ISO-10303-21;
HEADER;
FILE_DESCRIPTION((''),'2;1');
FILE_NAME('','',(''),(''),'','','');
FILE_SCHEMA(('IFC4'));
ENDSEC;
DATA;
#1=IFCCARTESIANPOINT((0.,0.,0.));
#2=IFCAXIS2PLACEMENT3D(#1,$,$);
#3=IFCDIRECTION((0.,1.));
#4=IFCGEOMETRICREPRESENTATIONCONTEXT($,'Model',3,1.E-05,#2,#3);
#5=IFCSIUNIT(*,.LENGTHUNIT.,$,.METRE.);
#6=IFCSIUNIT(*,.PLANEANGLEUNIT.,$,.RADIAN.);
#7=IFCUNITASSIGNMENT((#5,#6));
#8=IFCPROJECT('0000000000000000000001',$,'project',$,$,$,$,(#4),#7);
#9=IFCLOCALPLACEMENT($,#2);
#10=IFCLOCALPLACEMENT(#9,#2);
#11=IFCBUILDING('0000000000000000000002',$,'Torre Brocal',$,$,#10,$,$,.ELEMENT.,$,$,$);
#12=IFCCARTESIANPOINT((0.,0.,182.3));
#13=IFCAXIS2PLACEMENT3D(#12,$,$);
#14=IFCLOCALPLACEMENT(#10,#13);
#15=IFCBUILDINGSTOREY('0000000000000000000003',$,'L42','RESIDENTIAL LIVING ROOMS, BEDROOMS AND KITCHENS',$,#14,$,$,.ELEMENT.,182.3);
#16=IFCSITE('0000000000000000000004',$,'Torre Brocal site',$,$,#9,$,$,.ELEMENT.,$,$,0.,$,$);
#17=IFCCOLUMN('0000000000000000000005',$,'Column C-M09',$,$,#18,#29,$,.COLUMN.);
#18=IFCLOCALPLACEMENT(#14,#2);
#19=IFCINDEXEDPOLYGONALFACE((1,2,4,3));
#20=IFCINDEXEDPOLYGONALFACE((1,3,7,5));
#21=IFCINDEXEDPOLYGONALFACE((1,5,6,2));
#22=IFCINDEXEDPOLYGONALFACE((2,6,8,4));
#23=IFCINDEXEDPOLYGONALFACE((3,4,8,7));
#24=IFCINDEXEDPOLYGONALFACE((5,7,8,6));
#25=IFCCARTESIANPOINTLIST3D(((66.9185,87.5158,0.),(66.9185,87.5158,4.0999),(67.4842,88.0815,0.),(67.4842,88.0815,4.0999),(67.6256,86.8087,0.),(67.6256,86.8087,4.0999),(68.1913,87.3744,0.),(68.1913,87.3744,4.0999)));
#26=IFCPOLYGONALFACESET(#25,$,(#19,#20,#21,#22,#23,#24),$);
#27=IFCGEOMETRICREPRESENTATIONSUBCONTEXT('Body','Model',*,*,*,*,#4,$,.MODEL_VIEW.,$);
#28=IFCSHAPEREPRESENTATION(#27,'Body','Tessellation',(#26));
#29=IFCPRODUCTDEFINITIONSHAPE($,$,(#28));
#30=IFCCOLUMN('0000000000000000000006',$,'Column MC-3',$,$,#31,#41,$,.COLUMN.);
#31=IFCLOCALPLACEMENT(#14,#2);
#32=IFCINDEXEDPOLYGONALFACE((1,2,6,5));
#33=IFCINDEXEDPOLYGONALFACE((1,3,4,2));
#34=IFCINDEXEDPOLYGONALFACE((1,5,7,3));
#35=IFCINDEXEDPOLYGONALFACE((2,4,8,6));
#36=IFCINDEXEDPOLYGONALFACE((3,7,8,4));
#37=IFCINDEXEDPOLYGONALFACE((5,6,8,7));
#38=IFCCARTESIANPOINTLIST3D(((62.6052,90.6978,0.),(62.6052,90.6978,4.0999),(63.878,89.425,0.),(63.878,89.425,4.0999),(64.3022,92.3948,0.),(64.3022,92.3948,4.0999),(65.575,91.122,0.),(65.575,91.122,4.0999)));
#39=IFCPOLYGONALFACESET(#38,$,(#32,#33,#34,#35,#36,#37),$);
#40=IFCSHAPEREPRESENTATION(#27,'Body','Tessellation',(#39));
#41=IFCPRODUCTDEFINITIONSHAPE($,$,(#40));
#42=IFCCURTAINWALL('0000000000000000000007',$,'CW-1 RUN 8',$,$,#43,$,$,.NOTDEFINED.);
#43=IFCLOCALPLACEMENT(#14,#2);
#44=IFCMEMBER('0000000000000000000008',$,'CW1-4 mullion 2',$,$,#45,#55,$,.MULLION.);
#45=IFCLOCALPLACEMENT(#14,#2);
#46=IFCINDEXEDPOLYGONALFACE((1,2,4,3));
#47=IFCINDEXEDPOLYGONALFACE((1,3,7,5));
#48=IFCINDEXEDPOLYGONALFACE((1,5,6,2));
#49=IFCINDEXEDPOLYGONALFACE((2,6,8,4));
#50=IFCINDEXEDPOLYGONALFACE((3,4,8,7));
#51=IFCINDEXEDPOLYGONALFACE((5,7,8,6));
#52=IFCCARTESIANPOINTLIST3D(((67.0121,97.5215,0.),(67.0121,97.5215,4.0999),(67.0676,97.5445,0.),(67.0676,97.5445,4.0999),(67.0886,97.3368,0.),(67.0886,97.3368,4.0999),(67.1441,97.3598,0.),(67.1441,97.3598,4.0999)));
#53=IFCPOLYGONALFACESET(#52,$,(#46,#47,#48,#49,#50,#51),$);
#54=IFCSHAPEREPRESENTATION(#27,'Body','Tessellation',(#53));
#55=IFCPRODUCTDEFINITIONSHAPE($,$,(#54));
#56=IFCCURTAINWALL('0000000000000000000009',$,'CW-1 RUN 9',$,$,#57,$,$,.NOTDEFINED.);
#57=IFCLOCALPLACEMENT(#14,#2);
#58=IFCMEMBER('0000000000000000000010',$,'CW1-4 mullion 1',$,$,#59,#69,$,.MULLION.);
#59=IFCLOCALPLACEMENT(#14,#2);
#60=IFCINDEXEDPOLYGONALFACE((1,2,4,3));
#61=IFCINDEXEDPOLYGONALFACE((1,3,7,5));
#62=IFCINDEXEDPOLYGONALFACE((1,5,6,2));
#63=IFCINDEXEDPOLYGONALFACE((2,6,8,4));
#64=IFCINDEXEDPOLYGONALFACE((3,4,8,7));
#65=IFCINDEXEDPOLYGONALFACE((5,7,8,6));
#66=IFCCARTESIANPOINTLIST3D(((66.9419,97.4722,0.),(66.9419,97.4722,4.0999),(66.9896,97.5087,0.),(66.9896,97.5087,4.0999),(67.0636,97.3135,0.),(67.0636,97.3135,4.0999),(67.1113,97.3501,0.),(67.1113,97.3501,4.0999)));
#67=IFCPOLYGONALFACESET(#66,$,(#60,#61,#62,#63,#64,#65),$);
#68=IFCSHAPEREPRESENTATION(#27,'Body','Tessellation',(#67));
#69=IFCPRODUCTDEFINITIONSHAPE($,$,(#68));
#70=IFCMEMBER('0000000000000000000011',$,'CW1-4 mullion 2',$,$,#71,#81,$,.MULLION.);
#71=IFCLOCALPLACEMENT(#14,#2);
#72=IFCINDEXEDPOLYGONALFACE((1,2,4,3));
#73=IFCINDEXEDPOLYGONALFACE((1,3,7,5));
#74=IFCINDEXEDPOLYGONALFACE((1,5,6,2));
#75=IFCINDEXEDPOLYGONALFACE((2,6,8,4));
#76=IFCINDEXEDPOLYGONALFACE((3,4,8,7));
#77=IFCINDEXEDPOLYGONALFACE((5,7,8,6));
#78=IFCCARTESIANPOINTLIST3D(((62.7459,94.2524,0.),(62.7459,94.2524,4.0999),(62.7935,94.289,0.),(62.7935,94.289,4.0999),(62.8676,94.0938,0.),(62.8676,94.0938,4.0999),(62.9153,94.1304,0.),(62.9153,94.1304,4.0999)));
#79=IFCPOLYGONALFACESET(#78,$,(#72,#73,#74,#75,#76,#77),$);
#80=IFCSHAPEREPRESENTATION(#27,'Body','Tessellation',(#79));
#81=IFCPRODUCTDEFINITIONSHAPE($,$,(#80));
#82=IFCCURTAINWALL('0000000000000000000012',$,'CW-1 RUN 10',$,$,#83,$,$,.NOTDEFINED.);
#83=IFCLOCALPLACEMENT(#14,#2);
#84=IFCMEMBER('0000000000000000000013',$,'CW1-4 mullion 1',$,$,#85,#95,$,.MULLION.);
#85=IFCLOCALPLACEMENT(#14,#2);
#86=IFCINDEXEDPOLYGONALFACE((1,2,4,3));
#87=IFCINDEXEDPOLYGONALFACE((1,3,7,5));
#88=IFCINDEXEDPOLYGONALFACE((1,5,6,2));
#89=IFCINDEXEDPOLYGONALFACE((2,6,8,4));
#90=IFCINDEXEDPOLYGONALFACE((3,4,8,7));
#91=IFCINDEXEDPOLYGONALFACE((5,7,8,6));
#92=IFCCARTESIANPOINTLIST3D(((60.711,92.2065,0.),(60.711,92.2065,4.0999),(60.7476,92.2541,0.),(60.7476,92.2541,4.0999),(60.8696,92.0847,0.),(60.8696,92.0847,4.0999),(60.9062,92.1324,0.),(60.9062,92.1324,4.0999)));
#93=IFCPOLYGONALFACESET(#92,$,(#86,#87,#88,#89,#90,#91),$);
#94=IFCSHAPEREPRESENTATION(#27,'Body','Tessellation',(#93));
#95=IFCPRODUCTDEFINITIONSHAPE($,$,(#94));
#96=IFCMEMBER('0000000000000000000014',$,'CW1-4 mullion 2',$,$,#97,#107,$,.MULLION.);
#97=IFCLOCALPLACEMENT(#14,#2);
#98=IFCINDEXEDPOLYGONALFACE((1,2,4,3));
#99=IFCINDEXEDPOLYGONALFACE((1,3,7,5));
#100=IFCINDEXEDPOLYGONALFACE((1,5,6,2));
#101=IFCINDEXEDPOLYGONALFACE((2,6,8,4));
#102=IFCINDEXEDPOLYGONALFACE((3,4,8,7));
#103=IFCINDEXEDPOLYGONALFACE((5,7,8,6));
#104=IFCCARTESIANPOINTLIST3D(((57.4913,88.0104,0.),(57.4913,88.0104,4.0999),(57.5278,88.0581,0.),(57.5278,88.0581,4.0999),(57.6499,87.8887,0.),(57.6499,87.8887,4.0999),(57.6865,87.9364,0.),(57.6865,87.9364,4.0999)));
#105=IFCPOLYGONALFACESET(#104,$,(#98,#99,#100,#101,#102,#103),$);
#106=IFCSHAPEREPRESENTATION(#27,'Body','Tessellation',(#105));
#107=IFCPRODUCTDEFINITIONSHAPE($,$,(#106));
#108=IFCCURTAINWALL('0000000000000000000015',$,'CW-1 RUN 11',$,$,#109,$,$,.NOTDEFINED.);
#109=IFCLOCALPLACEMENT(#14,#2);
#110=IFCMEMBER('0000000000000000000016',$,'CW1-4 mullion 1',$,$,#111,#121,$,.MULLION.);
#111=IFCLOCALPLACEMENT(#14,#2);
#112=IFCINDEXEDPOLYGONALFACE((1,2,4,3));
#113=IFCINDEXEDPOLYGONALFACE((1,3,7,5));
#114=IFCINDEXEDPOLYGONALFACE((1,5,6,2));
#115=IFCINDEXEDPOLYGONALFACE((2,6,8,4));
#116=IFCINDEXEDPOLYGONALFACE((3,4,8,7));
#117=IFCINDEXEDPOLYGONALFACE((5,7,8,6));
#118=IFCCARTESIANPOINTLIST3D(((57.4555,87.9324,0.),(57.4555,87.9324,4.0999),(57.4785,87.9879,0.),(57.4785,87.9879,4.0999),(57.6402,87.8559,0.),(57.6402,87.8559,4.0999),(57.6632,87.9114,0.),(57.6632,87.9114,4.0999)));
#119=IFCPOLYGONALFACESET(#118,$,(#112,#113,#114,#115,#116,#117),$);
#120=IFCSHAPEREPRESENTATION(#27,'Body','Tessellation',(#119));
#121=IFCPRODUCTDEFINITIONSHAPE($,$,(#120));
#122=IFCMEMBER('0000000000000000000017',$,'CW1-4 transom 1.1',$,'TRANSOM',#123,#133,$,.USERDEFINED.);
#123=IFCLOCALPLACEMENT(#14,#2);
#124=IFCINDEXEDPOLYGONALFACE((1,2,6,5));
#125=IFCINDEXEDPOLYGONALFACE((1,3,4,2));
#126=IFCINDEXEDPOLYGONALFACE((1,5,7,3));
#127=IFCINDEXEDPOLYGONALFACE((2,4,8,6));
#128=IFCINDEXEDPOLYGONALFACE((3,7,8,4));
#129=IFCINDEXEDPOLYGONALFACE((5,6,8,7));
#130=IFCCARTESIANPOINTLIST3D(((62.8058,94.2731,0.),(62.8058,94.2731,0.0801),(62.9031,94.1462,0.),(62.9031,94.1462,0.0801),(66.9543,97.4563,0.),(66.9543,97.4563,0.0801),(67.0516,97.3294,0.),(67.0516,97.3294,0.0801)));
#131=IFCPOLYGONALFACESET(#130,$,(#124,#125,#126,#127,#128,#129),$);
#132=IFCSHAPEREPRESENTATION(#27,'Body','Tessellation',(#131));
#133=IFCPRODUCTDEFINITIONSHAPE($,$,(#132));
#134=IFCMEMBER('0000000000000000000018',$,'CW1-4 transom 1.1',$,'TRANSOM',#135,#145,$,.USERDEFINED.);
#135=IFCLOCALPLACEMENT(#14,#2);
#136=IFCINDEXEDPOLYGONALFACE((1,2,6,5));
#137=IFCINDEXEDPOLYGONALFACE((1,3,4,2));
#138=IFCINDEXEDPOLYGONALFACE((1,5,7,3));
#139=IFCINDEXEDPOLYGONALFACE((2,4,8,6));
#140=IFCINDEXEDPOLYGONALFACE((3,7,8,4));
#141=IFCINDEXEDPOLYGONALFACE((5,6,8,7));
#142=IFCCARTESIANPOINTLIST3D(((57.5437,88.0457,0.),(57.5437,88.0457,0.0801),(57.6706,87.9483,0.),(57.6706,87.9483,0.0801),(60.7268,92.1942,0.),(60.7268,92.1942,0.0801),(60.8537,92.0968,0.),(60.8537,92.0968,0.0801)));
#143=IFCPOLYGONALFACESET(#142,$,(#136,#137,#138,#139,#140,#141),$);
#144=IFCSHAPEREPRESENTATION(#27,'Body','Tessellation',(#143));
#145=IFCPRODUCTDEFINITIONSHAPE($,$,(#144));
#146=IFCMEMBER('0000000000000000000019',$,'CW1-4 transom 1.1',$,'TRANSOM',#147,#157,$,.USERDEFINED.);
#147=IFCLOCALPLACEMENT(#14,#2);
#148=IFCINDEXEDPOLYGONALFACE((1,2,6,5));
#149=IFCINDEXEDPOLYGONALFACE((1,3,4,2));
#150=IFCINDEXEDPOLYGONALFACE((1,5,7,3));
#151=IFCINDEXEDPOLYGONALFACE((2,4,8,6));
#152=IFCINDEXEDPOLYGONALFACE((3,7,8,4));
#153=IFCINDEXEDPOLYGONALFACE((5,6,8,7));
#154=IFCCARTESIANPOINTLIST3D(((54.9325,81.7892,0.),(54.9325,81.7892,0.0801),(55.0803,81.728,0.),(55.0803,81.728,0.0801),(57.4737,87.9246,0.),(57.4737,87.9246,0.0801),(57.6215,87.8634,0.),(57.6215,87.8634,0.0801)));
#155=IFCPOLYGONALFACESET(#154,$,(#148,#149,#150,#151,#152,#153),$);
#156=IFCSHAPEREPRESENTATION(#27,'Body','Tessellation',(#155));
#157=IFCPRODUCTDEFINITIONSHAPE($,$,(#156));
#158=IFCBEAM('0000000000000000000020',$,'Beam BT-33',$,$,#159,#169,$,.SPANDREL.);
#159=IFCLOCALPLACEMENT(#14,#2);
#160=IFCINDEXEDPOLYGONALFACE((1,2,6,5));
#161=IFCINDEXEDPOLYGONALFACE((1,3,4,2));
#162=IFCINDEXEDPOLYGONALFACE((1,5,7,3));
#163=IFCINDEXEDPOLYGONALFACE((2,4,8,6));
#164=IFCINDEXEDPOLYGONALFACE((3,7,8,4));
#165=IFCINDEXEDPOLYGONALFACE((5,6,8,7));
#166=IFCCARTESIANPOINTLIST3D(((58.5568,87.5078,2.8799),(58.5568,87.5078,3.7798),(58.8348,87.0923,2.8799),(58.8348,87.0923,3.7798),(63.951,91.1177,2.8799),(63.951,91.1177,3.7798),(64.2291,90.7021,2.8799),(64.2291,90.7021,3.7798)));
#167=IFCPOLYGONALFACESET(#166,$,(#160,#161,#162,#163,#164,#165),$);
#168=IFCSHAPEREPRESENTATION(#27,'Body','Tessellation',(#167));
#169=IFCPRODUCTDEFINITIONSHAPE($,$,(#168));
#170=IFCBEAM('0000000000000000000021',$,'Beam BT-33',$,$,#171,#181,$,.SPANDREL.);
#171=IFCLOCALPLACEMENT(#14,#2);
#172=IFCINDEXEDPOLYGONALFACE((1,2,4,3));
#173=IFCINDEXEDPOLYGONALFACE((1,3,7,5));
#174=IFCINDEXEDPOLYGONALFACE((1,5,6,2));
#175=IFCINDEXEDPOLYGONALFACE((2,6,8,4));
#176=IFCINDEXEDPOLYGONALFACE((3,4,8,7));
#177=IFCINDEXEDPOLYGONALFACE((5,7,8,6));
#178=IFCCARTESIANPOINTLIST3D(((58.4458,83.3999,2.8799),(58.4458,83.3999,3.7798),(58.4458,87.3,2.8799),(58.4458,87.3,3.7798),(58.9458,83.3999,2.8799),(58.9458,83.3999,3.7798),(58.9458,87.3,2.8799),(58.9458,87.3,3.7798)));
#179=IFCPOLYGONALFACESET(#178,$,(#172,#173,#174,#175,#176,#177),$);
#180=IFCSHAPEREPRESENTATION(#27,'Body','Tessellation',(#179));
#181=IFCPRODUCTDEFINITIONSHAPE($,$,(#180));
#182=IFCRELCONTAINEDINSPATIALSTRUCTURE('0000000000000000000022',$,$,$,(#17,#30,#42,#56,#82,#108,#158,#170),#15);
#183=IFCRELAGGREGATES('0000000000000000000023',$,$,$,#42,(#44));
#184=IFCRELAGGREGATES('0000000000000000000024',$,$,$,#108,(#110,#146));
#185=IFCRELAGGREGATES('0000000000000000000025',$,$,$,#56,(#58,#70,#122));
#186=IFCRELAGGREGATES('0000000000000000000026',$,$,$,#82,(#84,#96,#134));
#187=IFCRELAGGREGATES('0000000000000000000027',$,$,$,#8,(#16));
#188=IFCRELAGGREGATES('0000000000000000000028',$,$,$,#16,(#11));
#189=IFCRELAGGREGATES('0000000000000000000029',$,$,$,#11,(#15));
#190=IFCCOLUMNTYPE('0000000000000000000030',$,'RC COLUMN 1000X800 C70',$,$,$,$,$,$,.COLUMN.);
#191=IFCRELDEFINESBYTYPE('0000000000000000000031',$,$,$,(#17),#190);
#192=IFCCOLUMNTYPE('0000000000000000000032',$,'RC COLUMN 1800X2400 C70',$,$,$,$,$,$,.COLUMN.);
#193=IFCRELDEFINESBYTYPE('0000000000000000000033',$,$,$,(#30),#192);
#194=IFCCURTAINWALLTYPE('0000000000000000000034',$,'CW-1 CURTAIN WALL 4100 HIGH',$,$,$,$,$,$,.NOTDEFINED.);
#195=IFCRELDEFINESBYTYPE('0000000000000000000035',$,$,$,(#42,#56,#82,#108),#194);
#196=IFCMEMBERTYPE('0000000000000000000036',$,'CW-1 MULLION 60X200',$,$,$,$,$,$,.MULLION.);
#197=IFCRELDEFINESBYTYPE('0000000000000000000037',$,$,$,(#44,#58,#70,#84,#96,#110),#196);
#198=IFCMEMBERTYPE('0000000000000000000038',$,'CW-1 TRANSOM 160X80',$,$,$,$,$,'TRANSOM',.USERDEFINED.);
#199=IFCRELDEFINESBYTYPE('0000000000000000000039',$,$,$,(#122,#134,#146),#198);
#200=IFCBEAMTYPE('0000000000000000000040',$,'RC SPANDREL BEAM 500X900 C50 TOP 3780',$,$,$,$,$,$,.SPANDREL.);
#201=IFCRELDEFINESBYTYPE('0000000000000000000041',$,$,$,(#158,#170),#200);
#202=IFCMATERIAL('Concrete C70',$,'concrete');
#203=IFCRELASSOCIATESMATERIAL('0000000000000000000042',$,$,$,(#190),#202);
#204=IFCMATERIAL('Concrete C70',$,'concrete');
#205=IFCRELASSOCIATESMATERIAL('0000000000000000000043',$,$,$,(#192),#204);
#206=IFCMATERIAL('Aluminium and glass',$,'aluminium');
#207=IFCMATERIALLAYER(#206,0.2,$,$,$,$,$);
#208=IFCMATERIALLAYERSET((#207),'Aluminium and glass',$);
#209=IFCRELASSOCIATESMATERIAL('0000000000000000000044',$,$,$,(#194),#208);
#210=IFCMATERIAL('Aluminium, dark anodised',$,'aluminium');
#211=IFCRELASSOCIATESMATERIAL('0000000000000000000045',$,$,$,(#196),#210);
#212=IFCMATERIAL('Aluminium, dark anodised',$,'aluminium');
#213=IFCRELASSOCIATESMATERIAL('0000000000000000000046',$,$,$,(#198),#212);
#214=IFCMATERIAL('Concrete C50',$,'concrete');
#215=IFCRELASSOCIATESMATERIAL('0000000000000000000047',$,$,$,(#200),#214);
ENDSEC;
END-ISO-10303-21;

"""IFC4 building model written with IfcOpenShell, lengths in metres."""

from ifc_helpers import new_model, si_unit, direction, frame, origin, origin_2d, place, context, subcontext, project, spatial, rectangle, extrude, material, layer, layer_set, material_profile, profile_set, type_object, element, aggregate, save


model = new_model("IFC4")

# Units and contexts
model_context = context("Model", 3, precision=1e-05, world=origin(), true_north=direction((0.0, 1.0)))
body_context = subcontext(model_context, "Body", "Model", "MODEL_VIEW")
ifc_project = project(units=[si_unit("LENGTHUNIT", "METRE"), si_unit("PLANEANGLEUNIT", "RADIAN")], contexts=[model_context])

# Site, building, storey
site_placement = place(None, origin())
site = spatial("IfcSite", under=ifc_project, at=site_placement, Name="Torre Brocal site", CompositionType="ELEMENT", RefElevation=0.0)
building_placement = place(site_placement, origin())
building = spatial("IfcBuilding", under=site, at=building_placement, Name="Torre Brocal", CompositionType="ELEMENT")
storey_placement = place(building_placement, frame((0.0, 0.0, 182.3)))
storey = spatial("IfcBuildingStorey", under=building, at=storey_placement, Name="L42", Description="RESIDENTIAL LIVING ROOMS, BEDROOMS AND KITCHENS", CompositionType="ELEMENT", Elevation=182.3)

# Columns
ifc_material_1 = material(Name="Concrete C70", Category="concrete")
ifc_material_profile_1 = material_profile(ifc_material_1, rectangle(XDim=1.0, YDim=0.8, at=origin_2d()), Name="RC 1000X800")
ifc_profile_set_1 = profile_set([ifc_material_profile_1], Name="Concrete C70")
column_type_1 = type_object("IfcColumnType", Name="RC COLUMN 1000X800 C70", PredefinedType="COLUMN", material=ifc_profile_set_1)
column_1_placement = place(storey_placement, frame((67.5549, 87.4451, 0.0), z_axis=(0.0, 0.0, 1.0), x_axis=(-0.707107, 0.707107, 0.0)))
element("IfcColumn", 1, at=column_1_placement, inside=storey, type_object=column_type_1, Name="Column C-M09", PredefinedType="COLUMN", context=body_context, shape_type="SweptSolid", body=[
    extrude(rectangle(XDim=1.0, YDim=0.8, at=origin_2d()), origin(), (0.0, 0.0, 1.0), 4.0999),
])
ifc_material_2 = material(Name="Concrete C70", Category="concrete")
ifc_material_profile_2 = material_profile(ifc_material_2, rectangle(XDim=1.8, YDim=2.3999, at=origin_2d()), Name="RC 1800X2400")
ifc_profile_set_2 = profile_set([ifc_material_profile_2], Name="Concrete C70")
column_type_2 = type_object("IfcColumnType", Name="RC COLUMN 1800X2400 C70", PredefinedType="COLUMN", material=ifc_profile_set_2)
column_2_placement = place(storey_placement, frame((64.0901, 90.9099, 0.0), z_axis=(0.0, 0.0, 1.0), x_axis=(-0.707107, 0.707107, 0.0)))
element("IfcColumn", 2, at=column_2_placement, inside=storey, type_object=column_type_2, Name="Column MC-3", PredefinedType="COLUMN", context=body_context, shape_type="SweptSolid", body=[
    extrude(rectangle(XDim=1.8, YDim=2.3999, at=origin_2d()), origin(), (0.0, 0.0, 1.0), 4.0999),
])

# Curtain wall, member
ifc_material_3 = material(Name="Aluminium and glass", Category="aluminium")
ifc_layer_1 = layer(ifc_material_3, 0.2)
ifc_layer_set_1 = layer_set([ifc_layer_1], Name="Aluminium and glass")
curtain_wall_type = type_object("IfcCurtainWallType", Name="CW-1 CURTAIN WALL 4100 HIGH", PredefinedType="NOTDEFINED", material=ifc_layer_set_1)
curtain_wall_1_placement = place(storey_placement, origin())
curtain_wall_1 = element("IfcCurtainWall", 3, at=curtain_wall_1_placement, inside=storey, type_object=curtain_wall_type, Name="CW-1 RUN 8", PredefinedType="NOTDEFINED")
ifc_material_4 = material(Name="Aluminium, dark anodised", Category="aluminium")
ifc_material_profile_3 = material_profile(ifc_material_4, rectangle(XDim=0.2, YDim=0.0601, at=origin_2d()), Name="CW-1 MULLION 60X200")
ifc_profile_set_3 = profile_set([ifc_material_profile_3], Name="Aluminium, dark anodised")
member_type_1 = type_object("IfcMemberType", Name="CW-1 MULLION 60X200", PredefinedType="MULLION", material=ifc_profile_set_3)
member_1_placement = place(storey_placement, frame((67.0781, 97.4407, 0.0), z_axis=(0.0, 0.0, 1.0), x_axis=(0.382683, -0.92388, 0.0)))
member_1 = element("IfcMember", 4, at=member_1_placement, type_object=member_type_1, Name="CW1-4 mullion 2", PredefinedType="MULLION", context=body_context, shape_type="SweptSolid", body=[
    extrude(rectangle(XDim=0.2, YDim=0.0601, at=origin_2d()), origin(), (0.0, 0.0, 1.0), 4.0999),
])
aggregate(curtain_wall_1, [member_1])

# Curtain walls, members
curtain_wall_2_placement = place(storey_placement, origin())
curtain_wall_2 = element("IfcCurtainWall", 5, at=curtain_wall_2_placement, inside=storey, type_object=curtain_wall_type, Name="CW-1 RUN 9", PredefinedType="NOTDEFINED")
member_2_placement = place(storey_placement, frame((67.0266, 97.4111, 0.0), z_axis=(0.0, 0.0, 1.0), x_axis=(0.608761, -0.793353, 0.0)))
member_2 = element("IfcMember", 6, at=member_2_placement, type_object=member_type_1, Name="CW1-4 mullion 1", PredefinedType="MULLION", context=body_context, shape_type="SweptSolid", body=[
    extrude(rectangle(XDim=0.2, YDim=0.0601, at=origin_2d()), origin(), (0.0, 0.0, 1.0), 4.0999),
])
member_3_placement = place(storey_placement, frame((62.8306, 94.1914, 0.0), z_axis=(0.0, 0.0, 1.0), x_axis=(0.608761, -0.793353, 0.0)))
member_3 = element("IfcMember", 7, at=member_3_placement, type_object=member_type_1, Name="CW1-4 mullion 2", PredefinedType="MULLION", context=body_context, shape_type="SweptSolid", body=[
    extrude(rectangle(XDim=0.2, YDim=0.0601, at=origin_2d()), origin(), (0.0, 0.0, 1.0), 4.0999),
])
curtain_wall_3_placement = place(storey_placement, origin())
curtain_wall_3 = element("IfcCurtainWall", 8, at=curtain_wall_3_placement, inside=storey, type_object=curtain_wall_type, Name="CW-1 RUN 10", PredefinedType="NOTDEFINED")
member_4_placement = place(storey_placement, frame((60.8086, 92.1694, 0.0), z_axis=(0.0, 0.0, 1.0), x_axis=(0.793353, -0.608761, 0.0)))
member_4 = element("IfcMember", 9, at=member_4_placement, type_object=member_type_1, Name="CW1-4 mullion 1", PredefinedType="MULLION", context=body_context, shape_type="SweptSolid", body=[
    extrude(rectangle(XDim=0.2, YDim=0.0601, at=origin_2d()), origin(), (0.0, 0.0, 1.0), 4.0999),
])
member_5_placement = place(storey_placement, frame((57.5889, 87.9734, 0.0), z_axis=(0.0, 0.0, 1.0), x_axis=(0.793353, -0.608761, 0.0)))
member_5 = element("IfcMember", 10, at=member_5_placement, type_object=member_type_1, Name="CW1-4 mullion 2", PredefinedType="MULLION", context=body_context, shape_type="SweptSolid", body=[
    extrude(rectangle(XDim=0.2, YDim=0.0601, at=origin_2d()), origin(), (0.0, 0.0, 1.0), 4.0999),
])

# Curtain wall, member
curtain_wall_4_placement = place(storey_placement, origin())
curtain_wall_4 = element("IfcCurtainWall", 11, at=curtain_wall_4_placement, inside=storey, type_object=curtain_wall_type, Name="CW-1 RUN 11", PredefinedType="NOTDEFINED")
member_6_placement = place(storey_placement, frame((57.5593, 87.9219, 0.0), z_axis=(0.0, 0.0, 1.0), x_axis=(0.92388, -0.382683, 0.0)))
member_6 = element("IfcMember", 12, at=member_6_placement, type_object=member_type_1, Name="CW1-4 mullion 1", PredefinedType="MULLION", context=body_context, shape_type="SweptSolid", body=[
    extrude(rectangle(XDim=0.2, YDim=0.0601, at=origin_2d()), origin(), (0.0, 0.0, 1.0), 4.0999),
])

# Members
ifc_material_5 = material(Name="Aluminium, dark anodised", Category="aluminium")
ifc_material_profile_4 = material_profile(ifc_material_5, rectangle(XDim=0.1599, YDim=0.0801, at=origin_2d()), Name="CW-1 TRANSOM 160X80")
ifc_profile_set_4 = profile_set([ifc_material_profile_4], Name="Aluminium, dark anodised")
member_type_2 = type_object("IfcMemberType", Name="CW-1 TRANSOM 160X80", ElementType="TRANSOM", PredefinedType="USERDEFINED", material=ifc_profile_set_4)
member_7_placement = place(storey_placement, frame((67.0029, 97.3928, 0.04), z_axis=(-0.793363, -0.608749, 0.0), x_axis=(0.608749, -0.793363, 0.0)))
member_7 = element("IfcMember", 13, at=member_7_placement, type_object=member_type_2, Name="CW1-4 transom 1.1", ObjectType="TRANSOM", PredefinedType="USERDEFINED", context=body_context, shape_type="SweptSolid", body=[
    extrude(rectangle(XDim=0.1599, YDim=0.0801, at=origin_2d()), origin(), (0.0, 0.0, 1.0), 5.229),
])
member_8_placement = place(storey_placement, frame((60.7903, 92.1455, 0.04), z_axis=(-0.608749, -0.793363, 0.0), x_axis=(0.793363, -0.608749, 0.0)))
member_8 = element("IfcMember", 14, at=member_8_placement, type_object=member_type_2, Name="CW1-4 transom 1.1", ObjectType="TRANSOM", PredefinedType="USERDEFINED", context=body_context, shape_type="SweptSolid", body=[
    extrude(rectangle(XDim=0.1599, YDim=0.0801, at=origin_2d()), origin(), (0.0, 0.0, 1.0), 5.229),
])
member_9_placement = place(storey_placement, frame((57.5476, 87.894, 0.04), z_axis=(-0.382665, -0.923887, 0.0), x_axis=(0.923887, -0.382665, 0.0)))
member_9 = element("IfcMember", 15, at=member_9_placement, type_object=member_type_2, Name="CW1-4 transom 1.1", ObjectType="TRANSOM", PredefinedType="USERDEFINED", context=body_context, shape_type="SweptSolid", body=[
    extrude(rectangle(XDim=0.1599, YDim=0.0801, at=origin_2d()), origin(), (0.0, 0.0, 1.0), 6.6409),
])
aggregate(curtain_wall_4, [member_6, member_9])

# Beams
ifc_material_6 = material(Name="Concrete C50", Category="concrete")
ifc_material_profile_5 = material_profile(ifc_material_6, rectangle(XDim=0.5, YDim=0.8999, at=origin_2d()), Name="RC 500X900")
ifc_profile_set_5 = profile_set([ifc_material_profile_5], Name="Concrete C50")
beam_type = type_object("IfcBeamType", Name="RC SPANDREL BEAM 500X900 C50 TOP 3780", PredefinedType="SPANDREL", material=ifc_profile_set_5)
beam_1_placement = place(storey_placement, frame((64.0901, 90.9099, 3.3298), z_axis=(-0.831077, -0.556158, 0.0), x_axis=(0.556158, -0.831077, 0.0)))
element("IfcBeam", 16, at=beam_1_placement, inside=storey, type_object=beam_type, Name="Beam BT-33", PredefinedType="SPANDREL", context=body_context, shape_type="SweptSolid", body=[
    extrude(rectangle(XDim=0.5, YDim=0.8999, at=origin_2d()), origin(), (0.0, 0.0, 1.0), 6.4907),
])
beam_2_placement = place(storey_placement, frame((58.6958, 87.3, 3.3298), z_axis=(0.0, -1.0, 0.0), x_axis=(1.0, 0.0, 0.0)))
element("IfcBeam", 17, at=beam_2_placement, inside=storey, type_object=beam_type, Name="Beam BT-33", PredefinedType="SPANDREL", context=body_context, shape_type="SweptSolid", body=[
    extrude(rectangle(XDim=0.5, YDim=0.8999, at=origin_2d()), origin(), (0.0, 0.0, 1.0), 3.9001),
])

aggregate(curtain_wall_2, [member_2, member_3, member_7])
aggregate(curtain_wall_3, [member_4, member_5, member_8])

save(model, "model.ifc")
